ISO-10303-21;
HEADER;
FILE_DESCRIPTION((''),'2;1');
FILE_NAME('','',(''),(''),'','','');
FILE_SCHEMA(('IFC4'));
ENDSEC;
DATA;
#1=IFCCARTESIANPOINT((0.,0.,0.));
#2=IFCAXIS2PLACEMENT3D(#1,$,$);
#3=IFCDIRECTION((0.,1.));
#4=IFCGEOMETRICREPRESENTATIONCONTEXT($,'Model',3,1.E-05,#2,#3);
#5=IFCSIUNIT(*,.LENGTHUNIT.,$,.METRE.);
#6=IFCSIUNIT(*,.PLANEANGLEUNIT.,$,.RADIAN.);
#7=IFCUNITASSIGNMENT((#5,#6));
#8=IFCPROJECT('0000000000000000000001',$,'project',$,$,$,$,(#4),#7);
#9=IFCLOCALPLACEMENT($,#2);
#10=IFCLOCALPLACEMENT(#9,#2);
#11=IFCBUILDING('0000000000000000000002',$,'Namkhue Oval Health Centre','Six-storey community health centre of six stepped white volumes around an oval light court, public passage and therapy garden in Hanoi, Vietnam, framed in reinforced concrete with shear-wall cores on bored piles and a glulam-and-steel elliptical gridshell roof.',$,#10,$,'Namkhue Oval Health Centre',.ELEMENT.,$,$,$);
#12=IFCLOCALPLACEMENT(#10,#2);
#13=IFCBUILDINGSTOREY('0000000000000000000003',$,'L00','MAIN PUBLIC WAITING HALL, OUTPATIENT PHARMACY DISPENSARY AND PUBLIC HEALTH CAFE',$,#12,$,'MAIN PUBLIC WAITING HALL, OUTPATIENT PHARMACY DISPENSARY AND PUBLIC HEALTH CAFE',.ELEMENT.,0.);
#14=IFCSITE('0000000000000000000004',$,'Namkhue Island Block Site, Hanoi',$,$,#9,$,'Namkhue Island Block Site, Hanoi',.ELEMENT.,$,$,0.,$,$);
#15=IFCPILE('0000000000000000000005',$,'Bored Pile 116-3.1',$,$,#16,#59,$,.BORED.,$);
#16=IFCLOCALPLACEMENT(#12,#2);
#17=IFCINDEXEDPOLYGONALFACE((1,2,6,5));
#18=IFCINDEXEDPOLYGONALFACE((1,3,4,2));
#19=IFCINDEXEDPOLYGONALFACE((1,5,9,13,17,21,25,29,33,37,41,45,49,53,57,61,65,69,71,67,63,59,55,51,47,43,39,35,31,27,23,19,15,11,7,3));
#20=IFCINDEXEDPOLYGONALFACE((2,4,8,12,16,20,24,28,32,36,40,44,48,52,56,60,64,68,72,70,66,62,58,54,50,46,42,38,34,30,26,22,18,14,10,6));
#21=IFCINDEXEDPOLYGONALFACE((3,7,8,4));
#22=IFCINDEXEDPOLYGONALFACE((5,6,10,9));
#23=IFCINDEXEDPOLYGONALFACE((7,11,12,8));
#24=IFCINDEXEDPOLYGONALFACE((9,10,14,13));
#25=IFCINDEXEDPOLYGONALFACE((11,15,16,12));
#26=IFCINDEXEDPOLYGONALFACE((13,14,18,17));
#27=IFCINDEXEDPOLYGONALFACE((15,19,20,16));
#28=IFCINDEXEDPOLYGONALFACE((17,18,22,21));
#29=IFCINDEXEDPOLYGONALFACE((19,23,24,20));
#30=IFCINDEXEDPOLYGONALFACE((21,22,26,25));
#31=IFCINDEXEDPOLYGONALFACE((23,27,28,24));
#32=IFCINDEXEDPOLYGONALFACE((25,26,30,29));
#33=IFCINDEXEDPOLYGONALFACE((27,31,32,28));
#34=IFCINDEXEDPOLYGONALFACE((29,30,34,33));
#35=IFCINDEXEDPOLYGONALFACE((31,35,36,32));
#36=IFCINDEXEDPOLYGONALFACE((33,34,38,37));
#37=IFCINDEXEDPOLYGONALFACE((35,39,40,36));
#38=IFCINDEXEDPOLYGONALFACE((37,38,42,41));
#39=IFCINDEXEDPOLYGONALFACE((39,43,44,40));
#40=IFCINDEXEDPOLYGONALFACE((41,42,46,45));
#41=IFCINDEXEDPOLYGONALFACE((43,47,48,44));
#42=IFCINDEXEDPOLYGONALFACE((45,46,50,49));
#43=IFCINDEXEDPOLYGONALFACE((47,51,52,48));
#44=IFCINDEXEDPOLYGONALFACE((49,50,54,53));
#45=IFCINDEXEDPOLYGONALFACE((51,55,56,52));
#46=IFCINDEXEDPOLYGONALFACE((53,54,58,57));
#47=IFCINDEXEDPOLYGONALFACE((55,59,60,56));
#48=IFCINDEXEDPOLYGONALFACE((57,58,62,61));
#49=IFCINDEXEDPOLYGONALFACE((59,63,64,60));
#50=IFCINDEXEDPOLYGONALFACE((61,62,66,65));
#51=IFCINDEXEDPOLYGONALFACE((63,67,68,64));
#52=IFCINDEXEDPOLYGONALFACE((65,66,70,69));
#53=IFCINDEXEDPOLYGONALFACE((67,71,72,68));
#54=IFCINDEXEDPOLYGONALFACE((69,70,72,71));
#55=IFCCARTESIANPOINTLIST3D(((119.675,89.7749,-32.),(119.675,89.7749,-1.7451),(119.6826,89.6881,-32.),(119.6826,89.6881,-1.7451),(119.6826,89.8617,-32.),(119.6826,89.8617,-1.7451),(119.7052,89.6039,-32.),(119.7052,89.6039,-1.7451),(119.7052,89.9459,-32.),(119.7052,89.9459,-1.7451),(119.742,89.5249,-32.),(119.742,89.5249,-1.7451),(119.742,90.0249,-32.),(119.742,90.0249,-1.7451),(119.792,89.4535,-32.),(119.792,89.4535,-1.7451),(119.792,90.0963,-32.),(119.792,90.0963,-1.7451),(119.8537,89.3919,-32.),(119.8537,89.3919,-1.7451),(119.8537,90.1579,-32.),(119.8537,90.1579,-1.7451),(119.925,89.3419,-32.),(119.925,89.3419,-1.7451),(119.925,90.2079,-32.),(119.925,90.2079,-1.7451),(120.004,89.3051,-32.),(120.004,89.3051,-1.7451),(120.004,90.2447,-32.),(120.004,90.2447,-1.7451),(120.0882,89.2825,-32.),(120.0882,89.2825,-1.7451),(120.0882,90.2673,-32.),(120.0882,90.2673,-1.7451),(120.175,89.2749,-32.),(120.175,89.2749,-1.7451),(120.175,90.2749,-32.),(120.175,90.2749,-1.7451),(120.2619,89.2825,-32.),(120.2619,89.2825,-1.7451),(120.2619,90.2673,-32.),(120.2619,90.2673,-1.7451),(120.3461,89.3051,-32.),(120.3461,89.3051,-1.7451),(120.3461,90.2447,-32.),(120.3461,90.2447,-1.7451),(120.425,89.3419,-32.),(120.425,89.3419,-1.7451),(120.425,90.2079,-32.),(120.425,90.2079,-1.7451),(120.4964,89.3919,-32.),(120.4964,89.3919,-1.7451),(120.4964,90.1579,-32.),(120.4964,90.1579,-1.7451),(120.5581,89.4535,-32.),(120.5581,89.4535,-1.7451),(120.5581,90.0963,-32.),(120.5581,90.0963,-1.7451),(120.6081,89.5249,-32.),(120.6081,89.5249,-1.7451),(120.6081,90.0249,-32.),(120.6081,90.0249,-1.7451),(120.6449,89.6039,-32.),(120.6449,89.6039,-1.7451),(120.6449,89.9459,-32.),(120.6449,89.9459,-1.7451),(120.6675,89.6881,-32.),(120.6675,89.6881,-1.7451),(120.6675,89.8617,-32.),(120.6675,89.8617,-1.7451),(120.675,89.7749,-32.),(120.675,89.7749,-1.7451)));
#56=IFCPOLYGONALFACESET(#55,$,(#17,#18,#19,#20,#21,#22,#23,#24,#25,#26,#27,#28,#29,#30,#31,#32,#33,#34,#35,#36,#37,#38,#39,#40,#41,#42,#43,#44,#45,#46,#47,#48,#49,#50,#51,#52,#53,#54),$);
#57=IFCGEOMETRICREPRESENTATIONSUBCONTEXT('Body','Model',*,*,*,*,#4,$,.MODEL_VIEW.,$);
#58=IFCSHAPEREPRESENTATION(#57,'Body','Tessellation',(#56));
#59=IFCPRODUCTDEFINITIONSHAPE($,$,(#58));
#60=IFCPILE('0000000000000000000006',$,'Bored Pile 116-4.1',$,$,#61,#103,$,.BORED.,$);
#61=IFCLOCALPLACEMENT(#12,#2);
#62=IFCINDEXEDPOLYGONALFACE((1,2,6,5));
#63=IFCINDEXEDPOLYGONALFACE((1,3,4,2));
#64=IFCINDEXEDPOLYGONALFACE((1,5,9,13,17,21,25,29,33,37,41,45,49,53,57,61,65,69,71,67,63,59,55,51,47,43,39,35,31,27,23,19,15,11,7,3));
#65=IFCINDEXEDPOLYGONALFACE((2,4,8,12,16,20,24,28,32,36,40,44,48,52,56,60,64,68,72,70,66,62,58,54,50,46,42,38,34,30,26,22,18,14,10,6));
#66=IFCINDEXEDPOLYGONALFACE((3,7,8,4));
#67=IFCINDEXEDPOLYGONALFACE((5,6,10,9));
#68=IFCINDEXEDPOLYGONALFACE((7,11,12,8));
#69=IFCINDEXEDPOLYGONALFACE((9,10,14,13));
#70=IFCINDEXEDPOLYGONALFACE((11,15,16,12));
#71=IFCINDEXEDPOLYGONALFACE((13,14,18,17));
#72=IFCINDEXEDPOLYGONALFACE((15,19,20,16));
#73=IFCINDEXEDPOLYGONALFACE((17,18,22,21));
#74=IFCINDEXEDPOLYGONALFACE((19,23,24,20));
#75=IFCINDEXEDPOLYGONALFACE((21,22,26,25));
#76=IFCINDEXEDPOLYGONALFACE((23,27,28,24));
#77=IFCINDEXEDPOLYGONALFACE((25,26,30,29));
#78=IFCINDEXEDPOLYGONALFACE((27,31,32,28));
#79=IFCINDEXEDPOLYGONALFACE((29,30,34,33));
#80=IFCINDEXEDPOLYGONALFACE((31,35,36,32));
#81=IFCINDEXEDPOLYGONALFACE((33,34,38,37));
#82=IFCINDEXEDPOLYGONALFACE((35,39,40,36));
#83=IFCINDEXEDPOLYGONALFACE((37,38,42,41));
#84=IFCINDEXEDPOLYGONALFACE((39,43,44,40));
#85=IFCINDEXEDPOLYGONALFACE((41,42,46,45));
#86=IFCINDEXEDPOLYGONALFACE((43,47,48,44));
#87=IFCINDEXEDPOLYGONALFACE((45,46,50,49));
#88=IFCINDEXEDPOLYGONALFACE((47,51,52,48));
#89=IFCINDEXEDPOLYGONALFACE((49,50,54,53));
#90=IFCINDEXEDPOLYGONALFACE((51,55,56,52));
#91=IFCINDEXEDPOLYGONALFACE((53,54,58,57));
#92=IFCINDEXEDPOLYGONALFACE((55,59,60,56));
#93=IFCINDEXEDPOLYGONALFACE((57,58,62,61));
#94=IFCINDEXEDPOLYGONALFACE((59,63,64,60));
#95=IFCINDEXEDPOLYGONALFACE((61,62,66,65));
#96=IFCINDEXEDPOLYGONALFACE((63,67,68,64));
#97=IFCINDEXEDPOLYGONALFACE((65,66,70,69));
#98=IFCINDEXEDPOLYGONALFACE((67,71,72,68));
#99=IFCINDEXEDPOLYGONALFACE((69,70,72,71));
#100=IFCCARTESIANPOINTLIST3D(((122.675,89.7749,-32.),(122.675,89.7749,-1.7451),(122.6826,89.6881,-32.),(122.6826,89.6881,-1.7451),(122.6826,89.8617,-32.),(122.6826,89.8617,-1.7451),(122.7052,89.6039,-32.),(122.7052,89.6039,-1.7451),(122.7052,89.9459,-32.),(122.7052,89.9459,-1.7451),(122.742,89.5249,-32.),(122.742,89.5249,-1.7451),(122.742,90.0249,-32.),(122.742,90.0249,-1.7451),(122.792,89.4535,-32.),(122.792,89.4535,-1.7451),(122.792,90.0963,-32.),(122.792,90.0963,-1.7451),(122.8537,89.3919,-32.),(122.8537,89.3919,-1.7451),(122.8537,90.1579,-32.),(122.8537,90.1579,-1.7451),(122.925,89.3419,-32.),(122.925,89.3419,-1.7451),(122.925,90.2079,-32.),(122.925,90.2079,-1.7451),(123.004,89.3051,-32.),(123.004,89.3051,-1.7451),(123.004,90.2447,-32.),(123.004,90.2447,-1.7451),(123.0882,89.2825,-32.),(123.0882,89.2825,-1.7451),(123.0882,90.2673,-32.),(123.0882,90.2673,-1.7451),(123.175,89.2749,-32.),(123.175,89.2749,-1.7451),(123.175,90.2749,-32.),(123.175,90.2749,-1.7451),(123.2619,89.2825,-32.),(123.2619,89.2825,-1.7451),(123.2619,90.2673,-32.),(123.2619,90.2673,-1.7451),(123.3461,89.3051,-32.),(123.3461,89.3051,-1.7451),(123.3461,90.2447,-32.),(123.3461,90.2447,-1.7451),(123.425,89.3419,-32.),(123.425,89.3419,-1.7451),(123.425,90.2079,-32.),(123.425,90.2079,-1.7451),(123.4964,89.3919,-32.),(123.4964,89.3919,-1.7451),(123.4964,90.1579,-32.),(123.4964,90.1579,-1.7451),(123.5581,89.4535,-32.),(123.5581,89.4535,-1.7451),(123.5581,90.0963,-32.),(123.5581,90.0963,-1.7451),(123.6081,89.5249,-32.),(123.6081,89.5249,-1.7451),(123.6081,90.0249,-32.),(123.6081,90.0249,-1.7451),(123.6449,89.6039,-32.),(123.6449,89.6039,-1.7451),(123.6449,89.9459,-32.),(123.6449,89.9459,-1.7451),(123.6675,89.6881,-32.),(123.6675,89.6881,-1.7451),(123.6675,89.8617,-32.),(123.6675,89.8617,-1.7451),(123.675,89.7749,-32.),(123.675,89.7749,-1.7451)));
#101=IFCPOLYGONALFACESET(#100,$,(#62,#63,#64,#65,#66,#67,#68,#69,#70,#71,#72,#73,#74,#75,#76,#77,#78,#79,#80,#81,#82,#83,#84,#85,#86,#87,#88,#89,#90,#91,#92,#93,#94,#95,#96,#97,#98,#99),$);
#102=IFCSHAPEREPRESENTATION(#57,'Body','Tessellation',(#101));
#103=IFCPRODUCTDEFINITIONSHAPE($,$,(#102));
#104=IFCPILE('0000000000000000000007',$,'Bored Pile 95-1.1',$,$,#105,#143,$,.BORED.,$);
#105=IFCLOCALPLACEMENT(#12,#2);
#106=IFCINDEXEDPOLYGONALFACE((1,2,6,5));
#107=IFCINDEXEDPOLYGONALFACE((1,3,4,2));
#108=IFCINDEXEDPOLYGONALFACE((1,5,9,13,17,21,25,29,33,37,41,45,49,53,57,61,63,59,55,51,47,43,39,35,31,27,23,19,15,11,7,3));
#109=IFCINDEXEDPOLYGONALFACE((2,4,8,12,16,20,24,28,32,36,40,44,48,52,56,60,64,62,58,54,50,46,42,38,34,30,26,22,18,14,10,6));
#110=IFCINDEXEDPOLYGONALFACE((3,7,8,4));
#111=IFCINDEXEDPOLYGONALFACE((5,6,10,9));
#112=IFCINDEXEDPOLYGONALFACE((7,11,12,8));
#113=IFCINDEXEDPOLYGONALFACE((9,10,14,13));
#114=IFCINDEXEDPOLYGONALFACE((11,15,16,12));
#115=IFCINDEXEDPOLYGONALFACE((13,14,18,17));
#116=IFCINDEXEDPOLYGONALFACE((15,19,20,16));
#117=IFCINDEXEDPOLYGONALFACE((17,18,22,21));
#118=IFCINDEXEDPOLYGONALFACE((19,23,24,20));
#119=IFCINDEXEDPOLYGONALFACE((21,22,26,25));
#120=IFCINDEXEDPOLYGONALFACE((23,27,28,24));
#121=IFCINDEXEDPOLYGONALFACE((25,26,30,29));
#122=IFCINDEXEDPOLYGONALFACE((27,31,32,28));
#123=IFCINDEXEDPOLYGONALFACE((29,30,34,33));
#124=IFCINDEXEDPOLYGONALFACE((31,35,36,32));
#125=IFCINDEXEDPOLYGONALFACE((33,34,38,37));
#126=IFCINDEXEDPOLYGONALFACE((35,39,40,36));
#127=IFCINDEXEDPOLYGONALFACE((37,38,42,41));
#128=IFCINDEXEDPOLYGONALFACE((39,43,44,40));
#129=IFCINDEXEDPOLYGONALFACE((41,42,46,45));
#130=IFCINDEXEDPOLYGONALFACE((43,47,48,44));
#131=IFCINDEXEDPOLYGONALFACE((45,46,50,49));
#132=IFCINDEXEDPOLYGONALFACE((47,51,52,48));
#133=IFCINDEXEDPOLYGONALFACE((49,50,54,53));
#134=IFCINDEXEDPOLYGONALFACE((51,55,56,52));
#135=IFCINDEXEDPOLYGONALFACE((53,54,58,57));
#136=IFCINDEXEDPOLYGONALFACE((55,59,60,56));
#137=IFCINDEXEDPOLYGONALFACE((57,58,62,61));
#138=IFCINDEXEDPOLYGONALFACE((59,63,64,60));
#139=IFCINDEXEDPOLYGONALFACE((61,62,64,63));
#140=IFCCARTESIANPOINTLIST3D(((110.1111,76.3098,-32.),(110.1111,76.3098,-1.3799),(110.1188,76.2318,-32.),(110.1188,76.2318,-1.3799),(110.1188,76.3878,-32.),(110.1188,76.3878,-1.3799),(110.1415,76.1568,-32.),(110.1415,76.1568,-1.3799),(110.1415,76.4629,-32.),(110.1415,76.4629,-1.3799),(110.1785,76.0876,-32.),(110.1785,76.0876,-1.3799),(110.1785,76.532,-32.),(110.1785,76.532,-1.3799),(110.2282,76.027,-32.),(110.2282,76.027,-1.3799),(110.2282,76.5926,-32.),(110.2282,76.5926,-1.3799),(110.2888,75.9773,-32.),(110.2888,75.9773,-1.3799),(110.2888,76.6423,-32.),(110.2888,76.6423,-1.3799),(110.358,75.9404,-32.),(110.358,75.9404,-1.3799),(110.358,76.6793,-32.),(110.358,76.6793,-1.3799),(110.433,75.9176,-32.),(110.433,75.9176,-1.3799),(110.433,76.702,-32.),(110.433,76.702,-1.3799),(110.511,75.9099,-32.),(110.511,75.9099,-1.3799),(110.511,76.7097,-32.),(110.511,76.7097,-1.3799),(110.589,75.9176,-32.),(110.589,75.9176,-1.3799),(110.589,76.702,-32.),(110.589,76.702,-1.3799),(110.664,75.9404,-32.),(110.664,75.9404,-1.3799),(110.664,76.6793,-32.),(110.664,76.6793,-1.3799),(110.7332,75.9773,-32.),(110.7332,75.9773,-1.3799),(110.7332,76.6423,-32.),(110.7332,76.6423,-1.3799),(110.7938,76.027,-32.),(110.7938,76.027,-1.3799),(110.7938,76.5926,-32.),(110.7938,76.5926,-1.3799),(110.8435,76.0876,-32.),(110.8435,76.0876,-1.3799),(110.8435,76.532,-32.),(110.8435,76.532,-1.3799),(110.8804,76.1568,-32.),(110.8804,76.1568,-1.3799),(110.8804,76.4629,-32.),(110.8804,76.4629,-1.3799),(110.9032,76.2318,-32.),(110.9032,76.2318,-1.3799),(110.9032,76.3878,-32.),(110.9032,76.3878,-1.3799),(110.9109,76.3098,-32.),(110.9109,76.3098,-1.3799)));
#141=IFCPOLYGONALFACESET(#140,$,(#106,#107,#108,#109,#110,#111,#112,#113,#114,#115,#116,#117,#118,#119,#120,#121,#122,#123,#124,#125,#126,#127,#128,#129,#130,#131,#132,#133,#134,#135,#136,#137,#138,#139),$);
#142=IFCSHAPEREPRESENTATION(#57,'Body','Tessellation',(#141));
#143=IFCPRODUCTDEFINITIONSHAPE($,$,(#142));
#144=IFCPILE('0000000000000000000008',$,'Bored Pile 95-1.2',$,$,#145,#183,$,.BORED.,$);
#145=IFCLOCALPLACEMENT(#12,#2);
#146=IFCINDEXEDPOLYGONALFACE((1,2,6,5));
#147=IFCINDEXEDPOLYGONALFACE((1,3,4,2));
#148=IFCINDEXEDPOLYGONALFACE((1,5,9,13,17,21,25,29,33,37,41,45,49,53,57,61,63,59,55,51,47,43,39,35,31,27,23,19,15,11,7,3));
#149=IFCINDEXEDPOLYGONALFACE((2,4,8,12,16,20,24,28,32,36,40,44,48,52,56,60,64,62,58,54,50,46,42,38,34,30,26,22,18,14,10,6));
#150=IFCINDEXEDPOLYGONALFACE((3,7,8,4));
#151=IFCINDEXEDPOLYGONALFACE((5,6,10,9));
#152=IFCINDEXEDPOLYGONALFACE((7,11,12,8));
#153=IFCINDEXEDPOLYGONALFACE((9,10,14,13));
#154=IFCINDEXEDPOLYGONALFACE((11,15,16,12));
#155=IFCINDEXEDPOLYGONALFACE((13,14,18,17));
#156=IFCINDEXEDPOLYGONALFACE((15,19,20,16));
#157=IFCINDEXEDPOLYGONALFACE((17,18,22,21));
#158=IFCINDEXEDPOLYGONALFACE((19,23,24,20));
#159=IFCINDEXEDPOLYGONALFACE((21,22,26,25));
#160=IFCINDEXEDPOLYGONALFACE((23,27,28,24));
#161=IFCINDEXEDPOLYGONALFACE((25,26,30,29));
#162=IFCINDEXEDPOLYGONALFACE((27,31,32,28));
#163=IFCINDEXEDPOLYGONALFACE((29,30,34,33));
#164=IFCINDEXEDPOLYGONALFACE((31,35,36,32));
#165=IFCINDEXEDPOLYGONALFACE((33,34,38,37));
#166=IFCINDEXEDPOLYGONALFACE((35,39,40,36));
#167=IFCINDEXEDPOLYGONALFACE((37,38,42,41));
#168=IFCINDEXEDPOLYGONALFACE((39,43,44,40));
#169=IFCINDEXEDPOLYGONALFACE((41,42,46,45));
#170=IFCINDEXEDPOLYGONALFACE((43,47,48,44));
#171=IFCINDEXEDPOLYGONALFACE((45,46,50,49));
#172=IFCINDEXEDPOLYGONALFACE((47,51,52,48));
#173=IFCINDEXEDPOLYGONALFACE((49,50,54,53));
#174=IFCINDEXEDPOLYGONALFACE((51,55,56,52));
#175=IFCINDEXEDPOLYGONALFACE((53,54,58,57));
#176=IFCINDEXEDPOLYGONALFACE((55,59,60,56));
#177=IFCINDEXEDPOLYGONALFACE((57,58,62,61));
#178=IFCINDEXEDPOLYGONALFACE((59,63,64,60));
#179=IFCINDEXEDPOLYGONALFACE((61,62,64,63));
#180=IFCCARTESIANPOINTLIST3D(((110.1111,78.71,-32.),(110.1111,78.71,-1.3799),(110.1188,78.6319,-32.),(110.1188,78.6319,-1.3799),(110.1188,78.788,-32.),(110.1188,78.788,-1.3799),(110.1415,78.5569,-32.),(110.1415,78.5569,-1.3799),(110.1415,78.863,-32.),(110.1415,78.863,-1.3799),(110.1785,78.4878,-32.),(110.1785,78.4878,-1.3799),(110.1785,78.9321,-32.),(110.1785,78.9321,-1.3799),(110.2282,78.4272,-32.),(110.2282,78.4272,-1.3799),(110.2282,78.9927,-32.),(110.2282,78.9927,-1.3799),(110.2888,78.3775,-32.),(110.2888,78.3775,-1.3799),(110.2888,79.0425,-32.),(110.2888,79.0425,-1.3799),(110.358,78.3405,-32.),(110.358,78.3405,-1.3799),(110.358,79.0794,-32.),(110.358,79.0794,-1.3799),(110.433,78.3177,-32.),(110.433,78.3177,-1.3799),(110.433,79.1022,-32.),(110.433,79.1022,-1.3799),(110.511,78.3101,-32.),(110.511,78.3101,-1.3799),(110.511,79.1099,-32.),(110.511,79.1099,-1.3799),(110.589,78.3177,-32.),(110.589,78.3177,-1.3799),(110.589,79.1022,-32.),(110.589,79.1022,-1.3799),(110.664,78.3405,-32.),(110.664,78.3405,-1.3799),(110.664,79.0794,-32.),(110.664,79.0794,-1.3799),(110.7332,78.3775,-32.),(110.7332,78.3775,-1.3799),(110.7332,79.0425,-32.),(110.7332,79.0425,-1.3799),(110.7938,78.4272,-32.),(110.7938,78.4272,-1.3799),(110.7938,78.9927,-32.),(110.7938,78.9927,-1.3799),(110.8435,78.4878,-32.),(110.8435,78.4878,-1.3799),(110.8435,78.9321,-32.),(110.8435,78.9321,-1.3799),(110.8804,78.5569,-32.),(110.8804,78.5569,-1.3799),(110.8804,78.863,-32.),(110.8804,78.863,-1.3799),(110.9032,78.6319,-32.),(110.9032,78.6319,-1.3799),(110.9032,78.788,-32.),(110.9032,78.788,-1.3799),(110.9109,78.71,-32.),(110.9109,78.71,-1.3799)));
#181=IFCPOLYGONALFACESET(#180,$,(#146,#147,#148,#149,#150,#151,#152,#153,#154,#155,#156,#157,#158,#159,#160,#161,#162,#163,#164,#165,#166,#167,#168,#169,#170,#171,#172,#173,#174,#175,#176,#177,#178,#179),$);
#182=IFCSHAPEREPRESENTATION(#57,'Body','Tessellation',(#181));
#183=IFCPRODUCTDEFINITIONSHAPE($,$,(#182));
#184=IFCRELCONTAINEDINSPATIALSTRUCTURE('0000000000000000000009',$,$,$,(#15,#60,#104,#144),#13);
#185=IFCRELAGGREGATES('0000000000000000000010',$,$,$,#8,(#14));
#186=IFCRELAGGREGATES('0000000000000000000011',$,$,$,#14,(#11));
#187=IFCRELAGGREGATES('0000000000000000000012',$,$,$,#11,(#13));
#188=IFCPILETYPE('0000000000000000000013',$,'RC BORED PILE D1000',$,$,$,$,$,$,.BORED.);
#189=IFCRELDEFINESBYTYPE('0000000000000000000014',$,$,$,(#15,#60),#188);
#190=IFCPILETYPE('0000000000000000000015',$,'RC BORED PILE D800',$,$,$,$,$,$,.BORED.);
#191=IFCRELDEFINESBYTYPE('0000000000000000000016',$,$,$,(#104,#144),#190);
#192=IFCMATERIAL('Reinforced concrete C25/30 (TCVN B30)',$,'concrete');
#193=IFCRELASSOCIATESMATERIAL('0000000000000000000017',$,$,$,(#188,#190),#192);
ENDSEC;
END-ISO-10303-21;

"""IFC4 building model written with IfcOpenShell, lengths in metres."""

from ifc_helpers import new_model, si_unit, direction, frame, origin, origin_2d, place, context, subcontext, project, spatial, circle, extrude, material, material_profile, profile_set, type_object, element, save


model = new_model("IFC4")

# Units and contexts
model_context = context("Model", 3, precision=1e-05, world=origin(), true_north=direction((0.0, 1.0)))
body_context = subcontext(model_context, "Body", "Model", "MODEL_VIEW")
ifc_project = project(units=[si_unit("LENGTHUNIT", "METRE"), si_unit("PLANEANGLEUNIT", "RADIAN")], contexts=[model_context])

# Site, building, storey
site_placement = place(None, origin())
site = spatial("IfcSite", under=ifc_project, at=site_placement, Name="Namkhue Island Block Site, Hanoi", LongName="Namkhue Island Block Site, Hanoi", CompositionType="ELEMENT", RefElevation=0.0)
building_placement = place(site_placement, origin())
building = spatial("IfcBuilding", under=site, at=building_placement, Name="Namkhue Oval Health Centre", Description="Six-storey community health centre of six stepped white volumes around an oval light court, public passage and therapy garden in Hanoi, Vietnam, framed in reinforced concrete with shear-wall cores on bored piles and a glulam-and-steel elliptical gridshell roof.", LongName="Namkhue Oval Health Centre", CompositionType="ELEMENT")
storey_placement = place(building_placement, origin())
storey = spatial("IfcBuildingStorey", under=building, at=storey_placement, Name="L00", Description="MAIN PUBLIC WAITING HALL, OUTPATIENT PHARMACY DISPENSARY AND PUBLIC HEALTH CAFE", LongName="MAIN PUBLIC WAITING HALL, OUTPATIENT PHARMACY DISPENSARY AND PUBLIC HEALTH CAFE", CompositionType="ELEMENT", Elevation=0.0)

# Piles
ifc_material_1 = material(Name="Reinforced concrete C25/30 (TCVN B30)", Category="concrete")
ifc_material_profile_1 = material_profile(ifc_material_1, circle(Radius=0.5, at=origin_2d()), Name="BORED PILE D1000")
ifc_profile_set_1 = profile_set([ifc_material_profile_1], Name="Reinforced concrete C25/30 (TCVN B30)")
pile_type_1 = type_object("IfcPileType", Name="RC BORED PILE D1000", PredefinedType="BORED", material=ifc_profile_set_1)
for number, where, z_axis, x_axis, name in (
    (1, (120.175, 89.7749, -1.7451), (0.0, 0.0, -1.0), (1.0, 0.0, 0.0), "Bored Pile 116-3.1"),
    (2, (123.175, 89.7749, -1.7451), (0.0, 0.0, -1.0), (1.0, 0.0, 0.0), "Bored Pile 116-4.1"),
):
    element("IfcPile", number, at=place(storey_placement, frame(where, z_axis=z_axis, x_axis=x_axis)), inside=storey, type_object=pile_type_1, Name=name, PredefinedType="BORED", context=body_context, shape_type="SweptSolid", body=[
        extrude(circle(Radius=0.5, at=origin_2d()), origin(), (0.0, 0.0, 1.0), 30.2549),
    ])
ifc_material_profile_2 = material_profile(ifc_material_1, circle(Radius=0.3999, at=origin_2d()), Name="BORED PILE D800")
ifc_profile_set_2 = profile_set([ifc_material_profile_2], Name="Reinforced concrete C25/30 (TCVN B30)")
pile_type_2 = type_object("IfcPileType", Name="RC BORED PILE D800", PredefinedType="BORED", material=ifc_profile_set_2)
for number, where, z_axis, x_axis, name in (
    (3, (110.511, 76.3098, -1.3799), (0.0, 0.0, -1.0), (1.0, 0.0, 0.0), "Bored Pile 95-1.1"),
    (4, (110.511, 78.71, -1.3799), (0.0, 0.0, -1.0), (1.0, 0.0, 0.0), "Bored Pile 95-1.2"),
):
    element("IfcPile", number, at=place(storey_placement, frame(where, z_axis=z_axis, x_axis=x_axis)), inside=storey, type_object=pile_type_2, Name=name, PredefinedType="BORED", context=body_context, shape_type="SweptSolid", body=[
        extrude(circle(Radius=0.3999, at=origin_2d()), origin(), (0.0, 0.0, 1.0), 30.6201),
    ])

save(model, "model.ifc")
